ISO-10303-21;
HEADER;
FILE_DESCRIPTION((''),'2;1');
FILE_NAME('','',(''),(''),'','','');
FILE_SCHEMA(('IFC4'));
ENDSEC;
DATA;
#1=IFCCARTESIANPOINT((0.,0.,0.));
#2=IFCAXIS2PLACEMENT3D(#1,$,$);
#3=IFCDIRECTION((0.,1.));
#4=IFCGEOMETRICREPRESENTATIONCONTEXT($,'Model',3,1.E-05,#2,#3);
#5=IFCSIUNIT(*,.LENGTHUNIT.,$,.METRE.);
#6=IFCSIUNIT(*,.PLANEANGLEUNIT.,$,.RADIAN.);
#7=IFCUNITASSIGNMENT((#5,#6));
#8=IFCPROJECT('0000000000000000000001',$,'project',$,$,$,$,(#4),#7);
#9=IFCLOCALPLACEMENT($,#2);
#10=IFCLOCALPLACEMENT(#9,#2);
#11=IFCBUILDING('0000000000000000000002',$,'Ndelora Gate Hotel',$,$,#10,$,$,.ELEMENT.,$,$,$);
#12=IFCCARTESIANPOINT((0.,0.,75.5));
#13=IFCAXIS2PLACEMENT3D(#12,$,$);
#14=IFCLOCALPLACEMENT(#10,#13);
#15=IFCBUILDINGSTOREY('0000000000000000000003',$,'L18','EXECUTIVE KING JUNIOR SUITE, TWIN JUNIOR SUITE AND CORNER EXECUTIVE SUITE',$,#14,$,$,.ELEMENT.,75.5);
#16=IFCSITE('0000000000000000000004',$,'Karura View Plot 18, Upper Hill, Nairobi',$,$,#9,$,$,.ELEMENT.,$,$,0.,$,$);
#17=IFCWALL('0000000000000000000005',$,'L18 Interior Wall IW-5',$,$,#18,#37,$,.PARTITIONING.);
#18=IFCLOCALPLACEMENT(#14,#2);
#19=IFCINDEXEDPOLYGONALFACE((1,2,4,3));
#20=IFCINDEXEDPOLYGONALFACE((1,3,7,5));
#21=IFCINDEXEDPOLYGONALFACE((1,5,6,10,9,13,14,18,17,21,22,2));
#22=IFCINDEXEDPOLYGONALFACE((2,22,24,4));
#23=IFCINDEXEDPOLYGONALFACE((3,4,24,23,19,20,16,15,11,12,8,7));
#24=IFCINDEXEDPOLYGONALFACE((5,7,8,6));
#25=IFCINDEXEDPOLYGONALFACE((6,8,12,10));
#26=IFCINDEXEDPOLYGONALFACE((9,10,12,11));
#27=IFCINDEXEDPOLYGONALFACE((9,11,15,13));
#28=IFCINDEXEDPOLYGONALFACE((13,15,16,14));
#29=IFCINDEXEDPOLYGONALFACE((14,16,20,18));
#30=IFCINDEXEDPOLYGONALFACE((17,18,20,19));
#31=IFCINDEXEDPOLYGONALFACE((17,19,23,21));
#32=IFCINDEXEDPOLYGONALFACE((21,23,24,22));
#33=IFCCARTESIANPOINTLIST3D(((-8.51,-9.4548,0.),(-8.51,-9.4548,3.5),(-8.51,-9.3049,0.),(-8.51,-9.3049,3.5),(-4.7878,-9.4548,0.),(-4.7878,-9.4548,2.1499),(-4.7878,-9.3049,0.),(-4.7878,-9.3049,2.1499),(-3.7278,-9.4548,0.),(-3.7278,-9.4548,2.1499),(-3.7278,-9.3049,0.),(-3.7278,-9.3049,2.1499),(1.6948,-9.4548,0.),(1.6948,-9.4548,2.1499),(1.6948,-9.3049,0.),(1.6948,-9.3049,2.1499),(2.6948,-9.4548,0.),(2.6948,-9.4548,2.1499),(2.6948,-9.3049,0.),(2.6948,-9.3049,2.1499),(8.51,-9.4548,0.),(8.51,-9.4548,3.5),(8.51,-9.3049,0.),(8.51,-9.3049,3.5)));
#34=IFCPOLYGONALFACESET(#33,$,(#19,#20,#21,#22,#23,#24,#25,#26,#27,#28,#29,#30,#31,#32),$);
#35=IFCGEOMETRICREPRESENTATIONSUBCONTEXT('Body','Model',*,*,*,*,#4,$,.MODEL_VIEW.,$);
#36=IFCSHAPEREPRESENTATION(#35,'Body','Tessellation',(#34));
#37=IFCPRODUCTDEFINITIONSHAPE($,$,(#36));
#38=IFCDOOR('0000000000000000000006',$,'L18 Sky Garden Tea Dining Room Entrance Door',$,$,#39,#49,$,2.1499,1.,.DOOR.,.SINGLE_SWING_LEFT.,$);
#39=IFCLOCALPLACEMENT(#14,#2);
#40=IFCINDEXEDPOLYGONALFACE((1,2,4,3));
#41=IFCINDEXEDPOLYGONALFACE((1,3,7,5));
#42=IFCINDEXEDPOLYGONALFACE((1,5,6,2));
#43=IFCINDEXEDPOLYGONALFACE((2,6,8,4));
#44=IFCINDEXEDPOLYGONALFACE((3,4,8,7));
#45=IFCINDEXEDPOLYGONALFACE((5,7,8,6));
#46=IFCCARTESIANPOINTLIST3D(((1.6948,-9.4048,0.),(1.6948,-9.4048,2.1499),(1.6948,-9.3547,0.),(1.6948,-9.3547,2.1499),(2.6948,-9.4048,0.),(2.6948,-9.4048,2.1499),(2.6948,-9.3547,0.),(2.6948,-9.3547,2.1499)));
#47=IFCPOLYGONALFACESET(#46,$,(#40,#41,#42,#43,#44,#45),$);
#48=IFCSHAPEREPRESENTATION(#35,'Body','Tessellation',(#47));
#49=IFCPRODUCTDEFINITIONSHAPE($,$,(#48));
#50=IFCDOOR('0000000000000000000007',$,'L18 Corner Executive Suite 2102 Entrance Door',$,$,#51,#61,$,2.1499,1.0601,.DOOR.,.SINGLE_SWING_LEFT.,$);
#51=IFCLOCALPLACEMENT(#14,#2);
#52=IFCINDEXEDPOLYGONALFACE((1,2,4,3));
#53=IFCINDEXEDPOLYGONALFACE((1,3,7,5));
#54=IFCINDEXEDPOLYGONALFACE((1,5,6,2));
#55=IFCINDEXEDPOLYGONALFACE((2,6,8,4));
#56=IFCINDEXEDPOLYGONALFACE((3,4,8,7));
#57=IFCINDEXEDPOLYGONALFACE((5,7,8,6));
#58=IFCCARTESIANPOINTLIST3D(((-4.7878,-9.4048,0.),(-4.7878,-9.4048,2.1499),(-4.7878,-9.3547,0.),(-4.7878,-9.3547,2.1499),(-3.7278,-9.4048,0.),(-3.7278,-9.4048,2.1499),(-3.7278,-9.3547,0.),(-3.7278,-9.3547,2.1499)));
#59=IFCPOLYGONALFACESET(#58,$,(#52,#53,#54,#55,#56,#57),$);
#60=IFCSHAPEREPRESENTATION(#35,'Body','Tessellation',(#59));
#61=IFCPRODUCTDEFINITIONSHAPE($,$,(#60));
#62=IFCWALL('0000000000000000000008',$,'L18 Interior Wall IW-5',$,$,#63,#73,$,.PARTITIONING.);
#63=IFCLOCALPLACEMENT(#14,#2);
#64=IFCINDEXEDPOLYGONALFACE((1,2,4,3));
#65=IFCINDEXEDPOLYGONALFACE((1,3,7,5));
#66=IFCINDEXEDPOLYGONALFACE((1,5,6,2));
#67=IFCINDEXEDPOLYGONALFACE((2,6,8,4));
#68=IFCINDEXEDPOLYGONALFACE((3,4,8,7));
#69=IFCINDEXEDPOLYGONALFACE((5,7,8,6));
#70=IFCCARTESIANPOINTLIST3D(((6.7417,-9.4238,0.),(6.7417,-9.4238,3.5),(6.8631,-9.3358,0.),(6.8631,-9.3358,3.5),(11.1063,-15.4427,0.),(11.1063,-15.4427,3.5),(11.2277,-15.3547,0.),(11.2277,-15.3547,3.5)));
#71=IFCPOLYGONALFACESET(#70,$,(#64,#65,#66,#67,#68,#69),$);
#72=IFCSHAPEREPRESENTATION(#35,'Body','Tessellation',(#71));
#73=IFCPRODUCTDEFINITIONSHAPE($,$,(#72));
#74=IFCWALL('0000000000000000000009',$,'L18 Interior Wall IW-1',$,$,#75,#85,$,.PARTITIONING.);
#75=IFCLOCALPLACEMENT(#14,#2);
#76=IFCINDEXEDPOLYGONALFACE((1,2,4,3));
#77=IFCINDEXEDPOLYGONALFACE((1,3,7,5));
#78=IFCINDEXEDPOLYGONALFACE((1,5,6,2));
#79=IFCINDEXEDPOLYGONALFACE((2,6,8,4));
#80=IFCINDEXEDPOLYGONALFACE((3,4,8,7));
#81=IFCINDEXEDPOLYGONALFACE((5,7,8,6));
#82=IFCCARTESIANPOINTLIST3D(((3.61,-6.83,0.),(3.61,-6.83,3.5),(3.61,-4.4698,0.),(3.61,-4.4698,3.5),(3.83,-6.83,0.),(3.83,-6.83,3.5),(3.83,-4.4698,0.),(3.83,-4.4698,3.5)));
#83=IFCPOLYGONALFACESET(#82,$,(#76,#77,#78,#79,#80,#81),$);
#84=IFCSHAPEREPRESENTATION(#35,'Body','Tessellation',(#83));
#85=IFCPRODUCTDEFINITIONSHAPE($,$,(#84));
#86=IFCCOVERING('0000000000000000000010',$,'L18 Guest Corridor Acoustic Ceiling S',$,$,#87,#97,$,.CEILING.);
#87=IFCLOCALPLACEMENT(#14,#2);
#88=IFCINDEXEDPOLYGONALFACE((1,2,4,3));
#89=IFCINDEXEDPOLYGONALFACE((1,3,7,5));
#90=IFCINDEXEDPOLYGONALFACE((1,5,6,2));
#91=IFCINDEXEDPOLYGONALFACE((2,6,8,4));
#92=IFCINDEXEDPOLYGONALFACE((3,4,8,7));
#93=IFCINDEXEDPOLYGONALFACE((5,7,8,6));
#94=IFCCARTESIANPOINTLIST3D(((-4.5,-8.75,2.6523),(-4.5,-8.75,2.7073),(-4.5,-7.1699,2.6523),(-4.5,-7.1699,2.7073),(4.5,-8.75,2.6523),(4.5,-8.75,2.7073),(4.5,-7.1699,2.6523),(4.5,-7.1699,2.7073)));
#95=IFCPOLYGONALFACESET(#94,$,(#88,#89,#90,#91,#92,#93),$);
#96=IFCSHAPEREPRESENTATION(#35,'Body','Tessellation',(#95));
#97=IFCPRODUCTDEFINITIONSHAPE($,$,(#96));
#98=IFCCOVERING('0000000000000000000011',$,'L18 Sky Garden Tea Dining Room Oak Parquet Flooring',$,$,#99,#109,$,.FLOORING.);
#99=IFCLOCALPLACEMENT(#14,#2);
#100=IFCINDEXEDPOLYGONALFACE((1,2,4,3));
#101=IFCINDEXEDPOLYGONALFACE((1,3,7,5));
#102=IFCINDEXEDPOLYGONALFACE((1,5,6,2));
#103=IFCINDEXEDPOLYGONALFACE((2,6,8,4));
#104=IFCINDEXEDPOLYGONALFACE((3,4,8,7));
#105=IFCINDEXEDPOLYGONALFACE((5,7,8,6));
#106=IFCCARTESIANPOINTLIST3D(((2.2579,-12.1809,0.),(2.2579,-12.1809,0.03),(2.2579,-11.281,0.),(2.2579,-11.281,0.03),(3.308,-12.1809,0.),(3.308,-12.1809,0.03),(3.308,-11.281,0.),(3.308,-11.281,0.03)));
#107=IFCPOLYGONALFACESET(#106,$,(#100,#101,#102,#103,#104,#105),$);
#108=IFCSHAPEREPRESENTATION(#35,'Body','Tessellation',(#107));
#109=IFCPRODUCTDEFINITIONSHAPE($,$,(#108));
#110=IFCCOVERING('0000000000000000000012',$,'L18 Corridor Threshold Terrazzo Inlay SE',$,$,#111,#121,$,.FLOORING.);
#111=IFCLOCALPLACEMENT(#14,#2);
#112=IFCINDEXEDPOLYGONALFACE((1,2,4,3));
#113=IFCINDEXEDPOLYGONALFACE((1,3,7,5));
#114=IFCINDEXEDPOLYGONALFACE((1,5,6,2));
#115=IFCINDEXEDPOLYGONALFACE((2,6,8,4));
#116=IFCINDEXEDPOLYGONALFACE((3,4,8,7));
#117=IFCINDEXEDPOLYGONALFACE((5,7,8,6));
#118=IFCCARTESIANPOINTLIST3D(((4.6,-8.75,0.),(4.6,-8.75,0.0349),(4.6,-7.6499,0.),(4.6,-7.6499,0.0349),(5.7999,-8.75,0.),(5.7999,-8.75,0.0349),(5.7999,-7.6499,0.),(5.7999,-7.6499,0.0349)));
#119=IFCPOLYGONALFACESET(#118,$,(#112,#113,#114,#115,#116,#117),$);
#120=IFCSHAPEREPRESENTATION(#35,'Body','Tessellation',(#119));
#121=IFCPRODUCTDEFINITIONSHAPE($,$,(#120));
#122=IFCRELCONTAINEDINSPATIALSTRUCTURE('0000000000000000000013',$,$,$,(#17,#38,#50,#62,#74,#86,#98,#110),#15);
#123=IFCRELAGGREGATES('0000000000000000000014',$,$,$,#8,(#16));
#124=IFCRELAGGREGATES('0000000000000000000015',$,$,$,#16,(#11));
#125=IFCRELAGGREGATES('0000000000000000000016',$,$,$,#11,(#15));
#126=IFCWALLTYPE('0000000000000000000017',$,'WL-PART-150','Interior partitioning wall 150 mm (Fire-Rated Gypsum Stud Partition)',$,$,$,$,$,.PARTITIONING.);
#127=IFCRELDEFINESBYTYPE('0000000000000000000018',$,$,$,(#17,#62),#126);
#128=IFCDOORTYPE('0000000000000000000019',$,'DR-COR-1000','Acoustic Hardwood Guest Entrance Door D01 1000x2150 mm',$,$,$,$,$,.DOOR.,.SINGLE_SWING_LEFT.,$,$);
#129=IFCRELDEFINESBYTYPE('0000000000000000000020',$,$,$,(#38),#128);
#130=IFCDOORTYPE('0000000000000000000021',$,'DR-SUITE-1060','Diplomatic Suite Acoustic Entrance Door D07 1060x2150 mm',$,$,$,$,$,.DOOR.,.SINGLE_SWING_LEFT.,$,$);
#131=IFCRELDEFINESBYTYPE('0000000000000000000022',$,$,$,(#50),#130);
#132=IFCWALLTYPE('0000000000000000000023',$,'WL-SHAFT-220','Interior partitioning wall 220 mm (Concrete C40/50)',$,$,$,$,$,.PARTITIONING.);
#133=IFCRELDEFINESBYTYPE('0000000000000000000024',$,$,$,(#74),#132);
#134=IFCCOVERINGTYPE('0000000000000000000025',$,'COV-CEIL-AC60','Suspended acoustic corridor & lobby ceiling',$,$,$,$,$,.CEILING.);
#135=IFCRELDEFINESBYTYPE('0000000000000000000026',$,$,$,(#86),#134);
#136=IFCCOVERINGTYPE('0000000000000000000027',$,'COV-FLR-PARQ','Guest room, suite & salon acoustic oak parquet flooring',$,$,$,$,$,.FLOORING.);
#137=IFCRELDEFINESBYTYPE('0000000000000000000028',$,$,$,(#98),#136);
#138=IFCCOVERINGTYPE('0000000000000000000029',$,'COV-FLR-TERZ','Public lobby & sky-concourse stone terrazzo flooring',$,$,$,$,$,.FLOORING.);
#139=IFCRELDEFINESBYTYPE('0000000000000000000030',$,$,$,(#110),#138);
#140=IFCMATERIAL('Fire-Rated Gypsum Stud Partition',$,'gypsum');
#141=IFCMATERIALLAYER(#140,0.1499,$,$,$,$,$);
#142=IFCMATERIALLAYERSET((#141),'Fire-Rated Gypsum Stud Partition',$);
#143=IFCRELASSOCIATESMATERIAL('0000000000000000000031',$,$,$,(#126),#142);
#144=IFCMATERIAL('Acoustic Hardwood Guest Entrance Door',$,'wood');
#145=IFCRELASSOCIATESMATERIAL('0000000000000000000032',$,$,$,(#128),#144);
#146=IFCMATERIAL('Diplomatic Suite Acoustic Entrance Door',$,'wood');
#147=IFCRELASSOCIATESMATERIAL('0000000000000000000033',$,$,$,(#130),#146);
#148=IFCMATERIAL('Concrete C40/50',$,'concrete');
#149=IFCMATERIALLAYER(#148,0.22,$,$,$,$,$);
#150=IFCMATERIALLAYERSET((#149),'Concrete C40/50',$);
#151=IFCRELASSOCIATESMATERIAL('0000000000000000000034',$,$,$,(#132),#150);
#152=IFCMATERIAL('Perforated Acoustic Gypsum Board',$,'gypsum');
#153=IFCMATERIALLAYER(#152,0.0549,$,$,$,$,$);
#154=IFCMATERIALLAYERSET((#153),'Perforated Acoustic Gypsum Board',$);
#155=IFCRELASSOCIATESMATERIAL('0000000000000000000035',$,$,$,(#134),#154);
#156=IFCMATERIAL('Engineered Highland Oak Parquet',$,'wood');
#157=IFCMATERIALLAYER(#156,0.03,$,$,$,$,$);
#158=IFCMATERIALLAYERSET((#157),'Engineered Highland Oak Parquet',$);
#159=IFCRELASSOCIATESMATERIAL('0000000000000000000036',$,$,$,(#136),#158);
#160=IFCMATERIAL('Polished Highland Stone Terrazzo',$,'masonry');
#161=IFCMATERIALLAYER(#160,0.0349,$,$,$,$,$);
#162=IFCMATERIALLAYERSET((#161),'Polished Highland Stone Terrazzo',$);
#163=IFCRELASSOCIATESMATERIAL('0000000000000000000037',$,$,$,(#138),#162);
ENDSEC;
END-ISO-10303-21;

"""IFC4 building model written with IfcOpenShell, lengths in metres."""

from ifc_helpers import new_model, si_unit, direction, frame, frame_2d, origin, origin_2d, place, context, subcontext, project, spatial, rectangle, extrude, material, layer, layer_set, type_object, element, fill, save


model = new_model("IFC4")

# Units and contexts
model_context = context("Model", 3, precision=1e-05, world=origin(), true_north=direction((0.0, 1.0)))
body_context = subcontext(model_context, "Body", "Model", "MODEL_VIEW")
ifc_project = project(units=[si_unit("LENGTHUNIT", "METRE"), si_unit("PLANEANGLEUNIT", "RADIAN")], contexts=[model_context])

# Site, building, storey
site_placement = place(None, origin())
site = spatial("IfcSite", under=ifc_project, at=site_placement, Name="Karura View Plot 18, Upper Hill, Nairobi", CompositionType="ELEMENT", RefElevation=0.0)
building_placement = place(site_placement, origin())
building = spatial("IfcBuilding", under=site, at=building_placement, Name="Ndelora Gate Hotel", CompositionType="ELEMENT")
storey_placement = place(building_placement, frame((0.0, 0.0, 75.5)))
storey = spatial("IfcBuildingStorey", under=building, at=storey_placement, Name="L18", Description="EXECUTIVE KING JUNIOR SUITE, TWIN JUNIOR SUITE AND CORNER EXECUTIVE SUITE", CompositionType="ELEMENT", Elevation=75.5)

# Shared definitions
ifc_material_1 = material(Name="Concrete C40/50", Category="concrete")

# Wall, openings, doors
ifc_material_2 = material(Name="Fire-Rated Gypsum Stud Partition", Category="gypsum")
ifc_layer_1 = layer(ifc_material_2, 0.1499)
ifc_layer_set_1 = layer_set([ifc_layer_1], Name="Fire-Rated Gypsum Stud Partition")
wall_type_1 = type_object("IfcWallType", Name="WL-PART-150", Description="Interior partitioning wall 150 mm (Fire-Rated Gypsum Stud Partition)", PredefinedType="PARTITIONING", material=ifc_layer_set_1)
wall_1_placement = place(storey_placement, frame((8.51, -9.3799, 0.0), z_axis=(0.0, 0.0, 1.0), x_axis=(-1.0, 0.0, 0.0)))
wall_1 = element("IfcWall", 1, at=wall_1_placement, inside=storey, type_object=wall_type_1, Name="L18 Interior Wall IW-5", PredefinedType="PARTITIONING", context=body_context, shape_type="SweptSolid", body=[
    extrude(rectangle(XDim=17.02, YDim=0.1499, at=frame_2d((8.51, 0.0))), origin(), (0.0, 0.0, 1.0), 3.5),
])
opening_1_placement = place(wall_1_placement, frame((5.8152, 0.0, 0.0)))
opening_1 = element("IfcOpeningElement", 2, at=opening_1_placement, cuts=wall_1, PredefinedType="OPENING", context=body_context, shape_type="SweptSolid", body=[
    extrude(rectangle(XDim=1.0, YDim=2.1499, at=frame_2d((0.5, 1.075))), frame((0.0, 0.085, 0.0), z_axis=(0.0, -1.0, 0.0), x_axis=(1.0, 0.0, 0.0)), (0.0, 0.0, 1.0), 0.1699),
])
opening_2_placement = place(wall_1_placement, frame((12.2378, 0.0, 0.0)))
opening_2 = element("IfcOpeningElement", 3, at=opening_2_placement, cuts=wall_1, PredefinedType="OPENING", context=body_context, shape_type="SweptSolid", body=[
    extrude(rectangle(XDim=1.0601, YDim=2.1499, at=frame_2d((0.53, 1.075))), frame((0.0, 0.085, 0.0), z_axis=(0.0, -1.0, 0.0), x_axis=(1.0, 0.0, 0.0)), (0.0, 0.0, 1.0), 0.1699),
])
ifc_material_3 = material(Name="Acoustic Hardwood Guest Entrance Door", Category="wood")
door_type_1 = type_object("IfcDoorType", Name="DR-COR-1000", Description="Acoustic Hardwood Guest Entrance Door D01 1000x2150 mm", OperationType="SINGLE_SWING_LEFT", PredefinedType="DOOR", material=ifc_material_3)
door_1_placement = place(opening_1_placement, origin())
door_1 = element("IfcDoor", 4, at=door_1_placement, inside=storey, type_object=door_type_1, Name="L18 Sky Garden Tea Dining Room Entrance Door", OperationType="SINGLE_SWING_LEFT", OverallHeight=2.1499, OverallWidth=1.0, PredefinedType="DOOR", context=body_context, shape_type="SweptSolid", body=[
    extrude(rectangle(XDim=1.0, YDim=2.1499, at=frame_2d((0.5, 1.075))), frame((0.0, 0.0249, 0.0), z_axis=(0.0, -1.0, 0.0), x_axis=(1.0, 0.0, 0.0)), (0.0, 0.0, 1.0), 0.05),
])
fill(opening_1, door_1)
ifc_material_4 = material(Name="Diplomatic Suite Acoustic Entrance Door", Category="wood")
door_type_2 = type_object("IfcDoorType", Name="DR-SUITE-1060", Description="Diplomatic Suite Acoustic Entrance Door D07 1060x2150 mm", OperationType="SINGLE_SWING_LEFT", PredefinedType="DOOR", material=ifc_material_4)
door_2_placement = place(opening_2_placement, origin())
door_2 = element("IfcDoor", 5, at=door_2_placement, inside=storey, type_object=door_type_2, Name="L18 Corner Executive Suite 2102 Entrance Door", OperationType="SINGLE_SWING_LEFT", OverallHeight=2.1499, OverallWidth=1.0601, PredefinedType="DOOR", context=body_context, shape_type="SweptSolid", body=[
    extrude(rectangle(XDim=1.0601, YDim=2.1499, at=frame_2d((0.53, 1.075))), frame((0.0, 0.0249, 0.0), z_axis=(0.0, -1.0, 0.0), x_axis=(1.0, 0.0, 0.0)), (0.0, 0.0, 1.0), 0.05),
])
fill(opening_2, door_2)

# Walls
wall_2_placement = place(storey_placement, frame((6.8025, -9.3799, 0.0), z_axis=(0.0, 0.0, 1.0), x_axis=(0.587045, -0.809555, 0.0)))
element("IfcWall", 6, at=wall_2_placement, inside=storey, type_object=wall_type_1, Name="L18 Interior Wall IW-5", PredefinedType="PARTITIONING", context=body_context, shape_type="SweptSolid", body=[
    extrude(rectangle(XDim=7.4348, YDim=0.1499, at=frame_2d((3.7173, 0.0))), origin(), (0.0, 0.0, 1.0), 3.5),
])
ifc_layer_2 = layer(ifc_material_1, 0.22)
ifc_layer_set_2 = layer_set([ifc_layer_2], Name="Concrete C40/50")
wall_type_2 = type_object("IfcWallType", Name="WL-SHAFT-220", Description="Interior partitioning wall 220 mm (Concrete C40/50)", PredefinedType="PARTITIONING", material=ifc_layer_set_2)
wall_3_placement = place(storey_placement, frame((3.72, -6.8301, 0.0), z_axis=(0.0, 0.0, 1.0), x_axis=(0.0, 1.0, 0.0)))
element("IfcWall", 7, at=wall_3_placement, inside=storey, type_object=wall_type_2, Name="L18 Interior Wall IW-1", PredefinedType="PARTITIONING", context=body_context, shape_type="SweptSolid", body=[
    extrude(rectangle(XDim=2.3601, YDim=0.22, at=frame_2d((1.1802, 0.0))), origin(), (0.0, 0.0, 1.0), 3.5),
])

# Coverings
ifc_material_5 = material(Name="Perforated Acoustic Gypsum Board", Category="gypsum")
ifc_layer_3 = layer(ifc_material_5, 0.0549)
ifc_layer_set_3 = layer_set([ifc_layer_3], Name="Perforated Acoustic Gypsum Board")
covering_type_1 = type_object("IfcCoveringType", Name="COV-CEIL-AC60", Description="Suspended acoustic corridor & lobby ceiling", PredefinedType="CEILING", material=ifc_layer_set_3)
covering_1_placement = place(storey_placement, frame((0.0, -7.96, 2.6523), z_axis=(0.0, 0.0, 1.0), x_axis=(1.0, 0.0, 0.0)))
element("IfcCovering", 8, at=covering_1_placement, inside=storey, type_object=covering_type_1, Name="L18 Guest Corridor Acoustic Ceiling S", PredefinedType="CEILING", context=body_context, shape_type="SweptSolid", body=[
    extrude(rectangle(XDim=9.0, YDim=1.5801, at=origin_2d()), origin(), (0.0, 0.0, 1.0), 0.0549),
])
ifc_material_6 = material(Name="Engineered Highland Oak Parquet", Category="wood")
ifc_layer_4 = layer(ifc_material_6, 0.03)
ifc_layer_set_4 = layer_set([ifc_layer_4], Name="Engineered Highland Oak Parquet")
covering_type_2 = type_object("IfcCoveringType", Name="COV-FLR-PARQ", Description="Guest room, suite & salon acoustic oak parquet flooring", PredefinedType="FLOORING", material=ifc_layer_set_4)
covering_2_placement = place(storey_placement, frame((2.783, -11.731, 0.0), z_axis=(0.0, 0.0, 1.0), x_axis=(1.0, 0.0, 0.0)))
element("IfcCovering", 9, at=covering_2_placement, inside=storey, type_object=covering_type_2, Name="L18 Sky Garden Tea Dining Room Oak Parquet Flooring", PredefinedType="FLOORING", context=body_context, shape_type="SweptSolid", body=[
    extrude(rectangle(XDim=1.05, YDim=0.8999, at=origin_2d()), origin(), (0.0, 0.0, 1.0), 0.03),
])
ifc_material_7 = material(Name="Polished Highland Stone Terrazzo", Category="masonry")
ifc_layer_5 = layer(ifc_material_7, 0.0349)
ifc_layer_set_5 = layer_set([ifc_layer_5], Name="Polished Highland Stone Terrazzo")
covering_type_3 = type_object("IfcCoveringType", Name="COV-FLR-TERZ", Description="Public lobby & sky-concourse stone terrazzo flooring", PredefinedType="FLOORING", material=ifc_layer_set_5)
covering_3_placement = place(storey_placement, frame((5.2, -8.2, 0.0), z_axis=(0.0, 0.0, 1.0), x_axis=(1.0, 0.0, 0.0)))
element("IfcCovering", 10, at=covering_3_placement, inside=storey, type_object=covering_type_3, Name="L18 Corridor Threshold Terrazzo Inlay SE", PredefinedType="FLOORING", context=body_context, shape_type="SweptSolid", body=[
    extrude(rectangle(XDim=1.2, YDim=1.1001, at=origin_2d()), origin(), (0.0, 0.0, 1.0), 0.0349),
])

save(model, "model.ifc")
